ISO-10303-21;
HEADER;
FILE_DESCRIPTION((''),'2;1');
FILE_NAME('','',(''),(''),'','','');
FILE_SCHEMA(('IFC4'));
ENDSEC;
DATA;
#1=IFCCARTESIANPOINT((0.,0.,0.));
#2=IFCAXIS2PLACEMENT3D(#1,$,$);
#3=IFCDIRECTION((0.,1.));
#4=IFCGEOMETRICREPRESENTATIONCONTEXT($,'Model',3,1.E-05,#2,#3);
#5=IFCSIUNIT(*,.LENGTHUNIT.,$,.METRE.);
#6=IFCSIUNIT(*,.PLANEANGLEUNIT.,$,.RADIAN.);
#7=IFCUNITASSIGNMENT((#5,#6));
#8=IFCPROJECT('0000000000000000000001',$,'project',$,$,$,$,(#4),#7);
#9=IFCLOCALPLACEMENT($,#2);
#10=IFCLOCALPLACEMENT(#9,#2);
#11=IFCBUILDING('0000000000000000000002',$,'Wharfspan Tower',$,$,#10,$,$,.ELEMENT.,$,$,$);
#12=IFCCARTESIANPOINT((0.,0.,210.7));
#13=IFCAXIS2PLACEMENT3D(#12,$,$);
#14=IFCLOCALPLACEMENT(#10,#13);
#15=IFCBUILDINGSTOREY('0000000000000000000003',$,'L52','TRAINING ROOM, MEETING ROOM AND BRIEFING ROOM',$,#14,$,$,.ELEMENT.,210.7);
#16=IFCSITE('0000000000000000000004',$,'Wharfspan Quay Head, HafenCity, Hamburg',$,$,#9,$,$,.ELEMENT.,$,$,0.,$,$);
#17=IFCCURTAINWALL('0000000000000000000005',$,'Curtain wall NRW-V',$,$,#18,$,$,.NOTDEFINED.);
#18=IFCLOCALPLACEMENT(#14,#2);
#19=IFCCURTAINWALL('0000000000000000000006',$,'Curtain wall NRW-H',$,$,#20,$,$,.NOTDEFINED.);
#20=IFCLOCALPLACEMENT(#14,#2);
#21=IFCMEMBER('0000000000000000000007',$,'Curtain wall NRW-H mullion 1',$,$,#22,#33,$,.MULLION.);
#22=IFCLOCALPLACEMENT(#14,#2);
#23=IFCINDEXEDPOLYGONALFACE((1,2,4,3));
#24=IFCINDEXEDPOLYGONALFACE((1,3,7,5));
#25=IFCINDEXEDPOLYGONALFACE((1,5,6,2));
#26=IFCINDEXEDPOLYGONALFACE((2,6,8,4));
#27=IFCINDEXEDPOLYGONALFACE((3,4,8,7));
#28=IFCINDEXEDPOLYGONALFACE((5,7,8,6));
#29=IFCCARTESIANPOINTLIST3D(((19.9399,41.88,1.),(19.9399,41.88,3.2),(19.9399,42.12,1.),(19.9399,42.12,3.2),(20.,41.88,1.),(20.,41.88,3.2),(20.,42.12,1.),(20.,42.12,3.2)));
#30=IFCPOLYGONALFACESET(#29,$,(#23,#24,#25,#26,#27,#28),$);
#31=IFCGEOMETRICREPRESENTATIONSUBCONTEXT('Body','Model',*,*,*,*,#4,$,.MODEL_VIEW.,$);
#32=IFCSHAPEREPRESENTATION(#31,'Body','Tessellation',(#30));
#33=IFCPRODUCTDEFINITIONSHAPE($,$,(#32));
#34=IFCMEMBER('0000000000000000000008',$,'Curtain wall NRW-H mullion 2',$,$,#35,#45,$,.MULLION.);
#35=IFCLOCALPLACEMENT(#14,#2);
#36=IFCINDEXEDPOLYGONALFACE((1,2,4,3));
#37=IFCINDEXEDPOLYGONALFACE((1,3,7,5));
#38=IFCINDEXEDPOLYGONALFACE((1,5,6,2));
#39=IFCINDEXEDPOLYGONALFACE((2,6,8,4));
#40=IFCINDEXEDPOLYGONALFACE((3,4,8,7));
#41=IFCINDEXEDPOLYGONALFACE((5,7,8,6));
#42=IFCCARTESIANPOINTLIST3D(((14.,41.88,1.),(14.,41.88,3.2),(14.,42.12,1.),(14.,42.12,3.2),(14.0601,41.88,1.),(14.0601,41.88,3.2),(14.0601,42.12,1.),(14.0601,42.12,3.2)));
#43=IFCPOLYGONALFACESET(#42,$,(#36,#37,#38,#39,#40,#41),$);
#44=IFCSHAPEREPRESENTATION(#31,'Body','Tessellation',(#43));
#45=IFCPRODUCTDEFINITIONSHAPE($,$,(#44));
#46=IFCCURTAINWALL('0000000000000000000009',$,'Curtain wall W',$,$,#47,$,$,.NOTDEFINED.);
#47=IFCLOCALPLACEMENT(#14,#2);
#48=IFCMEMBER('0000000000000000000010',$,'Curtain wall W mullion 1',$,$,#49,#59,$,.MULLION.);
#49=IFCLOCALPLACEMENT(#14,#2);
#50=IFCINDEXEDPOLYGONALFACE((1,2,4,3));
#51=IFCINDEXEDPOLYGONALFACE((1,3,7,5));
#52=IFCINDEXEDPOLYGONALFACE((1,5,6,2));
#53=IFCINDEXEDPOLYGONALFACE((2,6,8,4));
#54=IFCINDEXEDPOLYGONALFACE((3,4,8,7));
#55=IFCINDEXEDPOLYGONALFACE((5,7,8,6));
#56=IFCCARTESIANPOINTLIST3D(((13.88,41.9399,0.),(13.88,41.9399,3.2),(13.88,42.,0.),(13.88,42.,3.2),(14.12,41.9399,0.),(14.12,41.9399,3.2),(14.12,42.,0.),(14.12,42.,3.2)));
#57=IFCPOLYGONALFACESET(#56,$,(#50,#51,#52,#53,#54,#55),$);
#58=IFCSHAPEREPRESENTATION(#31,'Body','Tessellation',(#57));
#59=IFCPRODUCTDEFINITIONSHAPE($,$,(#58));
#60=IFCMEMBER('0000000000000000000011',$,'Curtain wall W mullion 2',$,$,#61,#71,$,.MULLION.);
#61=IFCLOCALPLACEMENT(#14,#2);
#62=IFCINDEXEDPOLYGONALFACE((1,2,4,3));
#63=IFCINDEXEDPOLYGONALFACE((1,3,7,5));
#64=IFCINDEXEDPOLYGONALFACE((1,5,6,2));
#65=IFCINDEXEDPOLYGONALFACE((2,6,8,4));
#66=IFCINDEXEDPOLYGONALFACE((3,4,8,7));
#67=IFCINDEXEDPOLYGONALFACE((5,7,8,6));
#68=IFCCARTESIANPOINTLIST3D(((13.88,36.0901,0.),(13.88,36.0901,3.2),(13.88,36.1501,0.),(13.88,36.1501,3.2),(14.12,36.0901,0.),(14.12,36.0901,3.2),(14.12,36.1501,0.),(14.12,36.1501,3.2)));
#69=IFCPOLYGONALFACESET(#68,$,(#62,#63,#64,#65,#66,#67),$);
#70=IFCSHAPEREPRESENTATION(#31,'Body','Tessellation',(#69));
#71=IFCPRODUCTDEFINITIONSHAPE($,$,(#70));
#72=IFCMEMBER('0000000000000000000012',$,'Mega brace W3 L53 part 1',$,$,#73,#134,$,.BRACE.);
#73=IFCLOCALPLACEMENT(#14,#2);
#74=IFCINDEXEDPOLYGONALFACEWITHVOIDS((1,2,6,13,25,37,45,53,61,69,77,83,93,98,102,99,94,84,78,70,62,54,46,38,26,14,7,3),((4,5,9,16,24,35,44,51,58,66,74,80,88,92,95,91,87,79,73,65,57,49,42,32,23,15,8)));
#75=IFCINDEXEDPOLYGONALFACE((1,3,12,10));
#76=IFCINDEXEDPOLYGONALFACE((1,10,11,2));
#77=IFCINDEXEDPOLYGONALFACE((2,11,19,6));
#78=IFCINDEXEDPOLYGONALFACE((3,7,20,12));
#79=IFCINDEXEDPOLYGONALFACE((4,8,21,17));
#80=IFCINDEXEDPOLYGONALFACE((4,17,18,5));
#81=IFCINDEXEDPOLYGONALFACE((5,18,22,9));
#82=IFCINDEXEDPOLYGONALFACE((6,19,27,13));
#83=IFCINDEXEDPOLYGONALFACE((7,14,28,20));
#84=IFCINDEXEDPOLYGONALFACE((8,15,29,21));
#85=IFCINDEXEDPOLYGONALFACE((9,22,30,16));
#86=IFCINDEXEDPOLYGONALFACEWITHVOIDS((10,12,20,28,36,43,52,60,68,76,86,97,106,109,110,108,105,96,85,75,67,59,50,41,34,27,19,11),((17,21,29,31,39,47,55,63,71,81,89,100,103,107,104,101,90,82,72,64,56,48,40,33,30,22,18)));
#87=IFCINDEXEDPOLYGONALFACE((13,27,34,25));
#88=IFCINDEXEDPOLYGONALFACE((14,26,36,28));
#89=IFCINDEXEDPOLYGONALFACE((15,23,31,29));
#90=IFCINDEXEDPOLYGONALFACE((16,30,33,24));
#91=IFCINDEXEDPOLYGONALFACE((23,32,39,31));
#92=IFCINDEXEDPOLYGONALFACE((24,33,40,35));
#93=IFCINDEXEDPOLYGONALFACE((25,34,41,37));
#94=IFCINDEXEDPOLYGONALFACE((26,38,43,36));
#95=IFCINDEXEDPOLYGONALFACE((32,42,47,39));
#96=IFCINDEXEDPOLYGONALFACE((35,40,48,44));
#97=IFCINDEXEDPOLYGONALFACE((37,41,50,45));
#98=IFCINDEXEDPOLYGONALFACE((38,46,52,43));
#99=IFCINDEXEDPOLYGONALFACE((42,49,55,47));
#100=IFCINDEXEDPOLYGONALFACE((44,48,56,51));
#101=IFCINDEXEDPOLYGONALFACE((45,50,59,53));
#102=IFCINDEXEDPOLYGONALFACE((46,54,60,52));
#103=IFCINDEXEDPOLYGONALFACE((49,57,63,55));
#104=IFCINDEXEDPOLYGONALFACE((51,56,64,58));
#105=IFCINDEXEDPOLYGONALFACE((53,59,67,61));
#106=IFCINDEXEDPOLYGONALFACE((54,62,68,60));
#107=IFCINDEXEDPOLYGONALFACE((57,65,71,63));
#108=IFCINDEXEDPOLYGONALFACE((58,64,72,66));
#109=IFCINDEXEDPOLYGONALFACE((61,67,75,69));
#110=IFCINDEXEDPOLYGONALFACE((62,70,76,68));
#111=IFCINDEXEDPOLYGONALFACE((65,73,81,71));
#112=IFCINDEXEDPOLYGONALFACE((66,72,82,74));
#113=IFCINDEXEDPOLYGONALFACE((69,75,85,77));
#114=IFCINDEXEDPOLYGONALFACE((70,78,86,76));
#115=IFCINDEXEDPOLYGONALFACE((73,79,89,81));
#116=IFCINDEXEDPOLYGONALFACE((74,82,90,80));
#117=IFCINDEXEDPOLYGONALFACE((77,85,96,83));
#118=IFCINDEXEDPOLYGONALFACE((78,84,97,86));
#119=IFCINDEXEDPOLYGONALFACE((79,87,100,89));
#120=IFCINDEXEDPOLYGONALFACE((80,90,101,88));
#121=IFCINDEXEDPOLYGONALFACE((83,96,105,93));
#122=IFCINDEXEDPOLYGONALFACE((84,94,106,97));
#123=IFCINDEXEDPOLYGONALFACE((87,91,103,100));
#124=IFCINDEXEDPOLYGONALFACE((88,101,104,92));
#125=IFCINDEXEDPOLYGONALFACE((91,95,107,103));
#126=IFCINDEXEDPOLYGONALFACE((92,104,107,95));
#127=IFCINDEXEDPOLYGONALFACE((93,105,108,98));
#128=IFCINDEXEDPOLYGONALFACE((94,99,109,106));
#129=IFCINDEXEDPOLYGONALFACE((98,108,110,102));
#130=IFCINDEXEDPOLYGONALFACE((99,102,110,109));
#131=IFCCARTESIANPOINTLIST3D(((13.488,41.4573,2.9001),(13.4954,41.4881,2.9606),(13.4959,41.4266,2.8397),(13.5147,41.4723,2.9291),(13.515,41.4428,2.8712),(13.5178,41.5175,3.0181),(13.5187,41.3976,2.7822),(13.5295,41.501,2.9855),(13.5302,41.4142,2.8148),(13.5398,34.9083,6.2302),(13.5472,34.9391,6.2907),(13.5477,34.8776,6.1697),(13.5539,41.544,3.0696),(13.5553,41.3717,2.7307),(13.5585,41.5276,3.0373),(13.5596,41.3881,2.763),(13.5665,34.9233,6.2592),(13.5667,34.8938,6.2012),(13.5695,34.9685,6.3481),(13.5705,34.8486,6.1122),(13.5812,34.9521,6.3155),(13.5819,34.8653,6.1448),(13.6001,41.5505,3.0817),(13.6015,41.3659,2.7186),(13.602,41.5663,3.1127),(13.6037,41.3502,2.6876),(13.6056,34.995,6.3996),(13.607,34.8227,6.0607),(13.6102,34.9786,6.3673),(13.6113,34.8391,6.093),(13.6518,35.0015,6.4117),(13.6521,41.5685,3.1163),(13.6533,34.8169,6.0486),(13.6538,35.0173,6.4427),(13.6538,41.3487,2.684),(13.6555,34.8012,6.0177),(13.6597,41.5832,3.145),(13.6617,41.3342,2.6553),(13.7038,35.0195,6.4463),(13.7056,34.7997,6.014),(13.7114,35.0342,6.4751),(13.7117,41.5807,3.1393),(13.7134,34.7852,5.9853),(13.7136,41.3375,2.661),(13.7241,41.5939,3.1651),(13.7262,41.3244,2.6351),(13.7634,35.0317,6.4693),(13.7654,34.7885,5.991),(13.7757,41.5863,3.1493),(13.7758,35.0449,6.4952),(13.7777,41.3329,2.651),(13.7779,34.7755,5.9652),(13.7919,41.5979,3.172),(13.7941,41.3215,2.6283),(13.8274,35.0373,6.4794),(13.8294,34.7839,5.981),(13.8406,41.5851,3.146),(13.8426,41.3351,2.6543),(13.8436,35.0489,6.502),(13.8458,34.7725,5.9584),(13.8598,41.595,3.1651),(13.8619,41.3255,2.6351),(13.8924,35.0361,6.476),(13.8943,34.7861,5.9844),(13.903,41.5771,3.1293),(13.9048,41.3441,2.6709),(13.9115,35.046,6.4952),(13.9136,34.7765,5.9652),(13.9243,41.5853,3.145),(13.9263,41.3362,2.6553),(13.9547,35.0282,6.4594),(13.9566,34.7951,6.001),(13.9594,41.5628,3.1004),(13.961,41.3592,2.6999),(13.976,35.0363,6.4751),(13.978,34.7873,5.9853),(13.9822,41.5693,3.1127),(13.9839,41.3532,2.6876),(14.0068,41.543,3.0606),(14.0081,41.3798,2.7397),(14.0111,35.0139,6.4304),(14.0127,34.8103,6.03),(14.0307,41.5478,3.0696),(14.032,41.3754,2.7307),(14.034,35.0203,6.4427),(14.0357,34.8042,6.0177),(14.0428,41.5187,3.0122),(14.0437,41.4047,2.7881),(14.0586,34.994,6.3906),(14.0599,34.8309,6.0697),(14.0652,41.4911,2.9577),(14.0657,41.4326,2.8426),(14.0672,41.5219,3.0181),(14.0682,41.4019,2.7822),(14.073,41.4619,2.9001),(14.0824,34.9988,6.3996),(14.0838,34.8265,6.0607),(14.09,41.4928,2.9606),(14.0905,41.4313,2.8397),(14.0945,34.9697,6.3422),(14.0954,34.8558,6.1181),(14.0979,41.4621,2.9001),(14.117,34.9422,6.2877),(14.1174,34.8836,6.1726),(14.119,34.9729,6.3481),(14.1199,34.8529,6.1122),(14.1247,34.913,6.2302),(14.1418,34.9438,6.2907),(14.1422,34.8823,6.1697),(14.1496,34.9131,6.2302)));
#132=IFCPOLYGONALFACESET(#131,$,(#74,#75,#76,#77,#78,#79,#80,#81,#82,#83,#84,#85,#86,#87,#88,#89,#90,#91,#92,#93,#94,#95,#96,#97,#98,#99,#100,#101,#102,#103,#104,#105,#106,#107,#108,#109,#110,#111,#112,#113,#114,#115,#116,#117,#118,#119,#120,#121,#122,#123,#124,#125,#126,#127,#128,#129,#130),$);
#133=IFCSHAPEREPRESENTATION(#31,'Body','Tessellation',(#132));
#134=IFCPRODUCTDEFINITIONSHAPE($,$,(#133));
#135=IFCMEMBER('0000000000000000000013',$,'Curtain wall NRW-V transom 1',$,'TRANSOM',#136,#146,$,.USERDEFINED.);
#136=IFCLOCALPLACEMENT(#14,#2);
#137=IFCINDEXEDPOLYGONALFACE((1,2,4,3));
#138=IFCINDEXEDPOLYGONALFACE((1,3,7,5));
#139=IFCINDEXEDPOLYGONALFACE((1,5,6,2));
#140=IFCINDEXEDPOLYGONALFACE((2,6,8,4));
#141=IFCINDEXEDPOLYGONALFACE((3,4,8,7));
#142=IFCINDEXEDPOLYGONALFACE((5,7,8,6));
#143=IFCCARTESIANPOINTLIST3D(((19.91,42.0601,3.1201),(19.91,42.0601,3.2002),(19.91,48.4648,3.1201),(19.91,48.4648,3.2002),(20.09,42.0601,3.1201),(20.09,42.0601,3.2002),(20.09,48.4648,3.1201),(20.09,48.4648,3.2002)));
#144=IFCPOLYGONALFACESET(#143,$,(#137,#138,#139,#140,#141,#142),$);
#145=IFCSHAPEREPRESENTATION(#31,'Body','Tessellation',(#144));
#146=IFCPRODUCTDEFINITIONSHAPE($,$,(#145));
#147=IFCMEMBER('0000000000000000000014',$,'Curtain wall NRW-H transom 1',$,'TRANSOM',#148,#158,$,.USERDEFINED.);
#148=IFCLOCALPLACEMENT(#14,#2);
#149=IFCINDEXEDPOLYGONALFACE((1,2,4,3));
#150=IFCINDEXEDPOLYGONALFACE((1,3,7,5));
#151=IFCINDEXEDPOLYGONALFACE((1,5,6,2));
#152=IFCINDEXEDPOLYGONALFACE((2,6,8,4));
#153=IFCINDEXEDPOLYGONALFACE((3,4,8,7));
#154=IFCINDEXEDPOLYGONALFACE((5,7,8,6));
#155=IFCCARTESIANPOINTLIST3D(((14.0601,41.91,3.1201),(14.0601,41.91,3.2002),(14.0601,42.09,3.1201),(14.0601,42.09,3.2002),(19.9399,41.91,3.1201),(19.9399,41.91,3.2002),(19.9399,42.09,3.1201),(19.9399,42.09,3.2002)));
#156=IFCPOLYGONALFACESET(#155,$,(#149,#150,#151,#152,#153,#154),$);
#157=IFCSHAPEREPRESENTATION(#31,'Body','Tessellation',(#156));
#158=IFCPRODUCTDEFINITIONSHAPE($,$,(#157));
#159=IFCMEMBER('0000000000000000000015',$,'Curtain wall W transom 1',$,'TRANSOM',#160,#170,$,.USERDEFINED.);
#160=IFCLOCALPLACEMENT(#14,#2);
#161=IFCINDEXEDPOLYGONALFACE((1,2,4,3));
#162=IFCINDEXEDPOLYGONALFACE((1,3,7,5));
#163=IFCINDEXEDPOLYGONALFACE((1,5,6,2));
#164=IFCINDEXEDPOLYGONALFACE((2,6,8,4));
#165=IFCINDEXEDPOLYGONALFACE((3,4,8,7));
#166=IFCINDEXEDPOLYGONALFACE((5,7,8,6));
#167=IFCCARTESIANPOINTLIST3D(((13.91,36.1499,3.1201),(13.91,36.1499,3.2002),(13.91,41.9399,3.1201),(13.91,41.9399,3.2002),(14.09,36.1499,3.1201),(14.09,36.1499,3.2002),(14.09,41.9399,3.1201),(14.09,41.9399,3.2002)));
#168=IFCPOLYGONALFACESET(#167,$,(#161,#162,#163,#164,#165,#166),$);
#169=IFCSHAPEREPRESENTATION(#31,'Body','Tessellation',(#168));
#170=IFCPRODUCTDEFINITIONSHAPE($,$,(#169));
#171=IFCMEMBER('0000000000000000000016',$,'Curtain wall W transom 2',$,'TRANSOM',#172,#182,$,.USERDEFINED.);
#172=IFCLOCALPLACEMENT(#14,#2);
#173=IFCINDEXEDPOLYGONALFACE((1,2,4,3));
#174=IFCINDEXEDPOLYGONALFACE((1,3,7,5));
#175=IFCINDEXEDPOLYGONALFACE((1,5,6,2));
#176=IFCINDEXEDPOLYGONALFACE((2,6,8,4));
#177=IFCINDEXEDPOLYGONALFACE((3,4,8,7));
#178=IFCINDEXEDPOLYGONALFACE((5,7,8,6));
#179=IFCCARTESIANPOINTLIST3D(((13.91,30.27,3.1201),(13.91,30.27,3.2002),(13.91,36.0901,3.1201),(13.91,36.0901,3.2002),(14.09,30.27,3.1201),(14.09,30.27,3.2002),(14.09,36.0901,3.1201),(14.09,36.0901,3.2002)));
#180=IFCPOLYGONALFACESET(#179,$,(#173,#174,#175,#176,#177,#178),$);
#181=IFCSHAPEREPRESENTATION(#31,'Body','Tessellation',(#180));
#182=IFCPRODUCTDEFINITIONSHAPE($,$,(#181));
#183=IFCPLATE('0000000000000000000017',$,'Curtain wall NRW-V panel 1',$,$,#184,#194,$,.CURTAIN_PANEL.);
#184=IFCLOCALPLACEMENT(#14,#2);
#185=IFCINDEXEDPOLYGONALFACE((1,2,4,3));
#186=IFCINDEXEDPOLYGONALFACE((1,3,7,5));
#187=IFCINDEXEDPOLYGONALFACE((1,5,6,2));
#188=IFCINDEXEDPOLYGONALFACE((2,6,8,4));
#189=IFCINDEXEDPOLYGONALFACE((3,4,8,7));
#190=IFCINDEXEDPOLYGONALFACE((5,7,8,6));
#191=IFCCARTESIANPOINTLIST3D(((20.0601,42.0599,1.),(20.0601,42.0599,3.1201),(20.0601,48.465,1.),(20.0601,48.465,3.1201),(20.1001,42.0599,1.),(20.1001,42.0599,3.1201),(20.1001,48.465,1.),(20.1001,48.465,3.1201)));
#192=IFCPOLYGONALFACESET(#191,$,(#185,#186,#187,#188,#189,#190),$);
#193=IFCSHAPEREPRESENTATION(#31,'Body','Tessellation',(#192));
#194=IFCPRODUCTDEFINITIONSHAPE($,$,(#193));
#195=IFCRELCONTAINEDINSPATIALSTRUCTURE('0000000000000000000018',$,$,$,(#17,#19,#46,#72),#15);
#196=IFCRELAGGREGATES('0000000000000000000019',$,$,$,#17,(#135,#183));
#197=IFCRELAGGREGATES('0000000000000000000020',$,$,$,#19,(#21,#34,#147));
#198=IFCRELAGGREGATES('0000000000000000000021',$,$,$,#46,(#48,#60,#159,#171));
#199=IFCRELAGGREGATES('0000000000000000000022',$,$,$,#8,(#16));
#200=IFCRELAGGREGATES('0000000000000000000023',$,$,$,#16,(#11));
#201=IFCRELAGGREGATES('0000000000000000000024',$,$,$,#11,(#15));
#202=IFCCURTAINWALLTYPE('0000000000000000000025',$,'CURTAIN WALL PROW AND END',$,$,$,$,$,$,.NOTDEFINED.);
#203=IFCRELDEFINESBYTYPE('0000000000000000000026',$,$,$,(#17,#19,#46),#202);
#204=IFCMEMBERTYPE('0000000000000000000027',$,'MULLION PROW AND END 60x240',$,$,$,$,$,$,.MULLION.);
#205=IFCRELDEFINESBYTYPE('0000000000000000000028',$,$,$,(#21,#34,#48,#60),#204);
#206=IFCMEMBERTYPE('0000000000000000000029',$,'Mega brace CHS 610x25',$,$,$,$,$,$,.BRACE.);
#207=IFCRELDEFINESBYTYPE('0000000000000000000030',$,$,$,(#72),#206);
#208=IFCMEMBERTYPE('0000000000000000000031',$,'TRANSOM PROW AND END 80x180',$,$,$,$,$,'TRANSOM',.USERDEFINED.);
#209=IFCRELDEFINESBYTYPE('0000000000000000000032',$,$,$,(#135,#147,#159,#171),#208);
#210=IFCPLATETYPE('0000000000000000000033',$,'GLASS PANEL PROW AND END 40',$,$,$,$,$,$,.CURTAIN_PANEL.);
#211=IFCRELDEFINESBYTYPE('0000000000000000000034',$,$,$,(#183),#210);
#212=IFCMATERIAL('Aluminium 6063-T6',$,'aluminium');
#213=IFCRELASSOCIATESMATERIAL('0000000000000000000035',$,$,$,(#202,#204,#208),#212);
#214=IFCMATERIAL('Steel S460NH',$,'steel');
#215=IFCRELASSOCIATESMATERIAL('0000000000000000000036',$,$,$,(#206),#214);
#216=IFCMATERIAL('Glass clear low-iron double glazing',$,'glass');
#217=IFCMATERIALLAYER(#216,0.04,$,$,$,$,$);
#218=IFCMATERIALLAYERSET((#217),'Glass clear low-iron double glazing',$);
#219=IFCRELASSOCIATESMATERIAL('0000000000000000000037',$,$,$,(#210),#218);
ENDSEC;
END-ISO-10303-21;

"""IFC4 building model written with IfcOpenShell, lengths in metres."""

from ifc_helpers import new_model, si_unit, direction, frame, origin, origin_2d, place, context, subcontext, project, spatial, rectangle, hollow_circle, extrude, material, layer, layer_set, material_profile, profile_set, type_object, element, aggregate, save


model = new_model("IFC4")

# Units and contexts
model_context = context("Model", 3, precision=1e-05, world=origin(), true_north=direction((0.0, 1.0)))
body_context = subcontext(model_context, "Body", "Model", "MODEL_VIEW")
ifc_project = project(units=[si_unit("LENGTHUNIT", "METRE"), si_unit("PLANEANGLEUNIT", "RADIAN")], contexts=[model_context])

# Site, building, storey
site_placement = place(None, origin())
site = spatial("IfcSite", under=ifc_project, at=site_placement, Name="Wharfspan Quay Head, HafenCity, Hamburg", CompositionType="ELEMENT", RefElevation=0.0)
building_placement = place(site_placement, origin())
building = spatial("IfcBuilding", under=site, at=building_placement, Name="Wharfspan Tower", CompositionType="ELEMENT")
storey_placement = place(building_placement, frame((0.0, 0.0, 210.7)))
storey = spatial("IfcBuildingStorey", under=building, at=storey_placement, Name="L52", Description="TRAINING ROOM, MEETING ROOM AND BRIEFING ROOM", CompositionType="ELEMENT", Elevation=210.7)

# Curtain walls, members
ifc_material_1 = material(Name="Aluminium 6063-T6", Category="aluminium")
curtain_wall_type = type_object("IfcCurtainWallType", Name="CURTAIN WALL PROW AND END", PredefinedType="NOTDEFINED", material=ifc_material_1)
curtain_wall_1_placement = place(storey_placement, origin())
curtain_wall_1 = element("IfcCurtainWall", 1, at=curtain_wall_1_placement, inside=storey, type_object=curtain_wall_type, Name="Curtain wall NRW-V", PredefinedType="NOTDEFINED")
ifc_material_profile_1 = material_profile(ifc_material_1, rectangle(XDim=0.24, YDim=0.0601, at=origin_2d()))
ifc_profile_set_1 = profile_set([ifc_material_profile_1], Name="Aluminium 6063-T6")
member_type_1 = type_object("IfcMemberType", Name="MULLION PROW AND END 60x240", PredefinedType="MULLION", material=ifc_profile_set_1)
curtain_wall_2_placement = place(storey_placement, origin())
curtain_wall_2 = element("IfcCurtainWall", 2, at=curtain_wall_2_placement, inside=storey, type_object=curtain_wall_type, Name="Curtain wall NRW-H", PredefinedType="NOTDEFINED")
member_1_placement = place(storey_placement, frame((19.97, 42.0, 1.0), z_axis=(0.0, 0.0, 1.0), x_axis=(0.0, -1.0, 0.0)))
member_1 = element("IfcMember", 3, at=member_1_placement, type_object=member_type_1, Name="Curtain wall NRW-H mullion 1", PredefinedType="MULLION", context=body_context, shape_type="SweptSolid", body=[
    extrude(rectangle(XDim=0.24, YDim=0.0601, at=origin_2d()), origin(), (0.0, 0.0, 1.0), 2.2),
])
member_2_placement = place(storey_placement, frame((14.03, 42.0, 1.0), z_axis=(0.0, 0.0, 1.0), x_axis=(0.0, -1.0, 0.0)))
member_2 = element("IfcMember", 4, at=member_2_placement, type_object=member_type_1, Name="Curtain wall NRW-H mullion 2", PredefinedType="MULLION", context=body_context, shape_type="SweptSolid", body=[
    extrude(rectangle(XDim=0.24, YDim=0.0601, at=origin_2d()), origin(), (0.0, 0.0, 1.0), 2.2),
])
curtain_wall_3_placement = place(storey_placement, origin())
curtain_wall_3 = element("IfcCurtainWall", 5, at=curtain_wall_3_placement, inside=storey, type_object=curtain_wall_type, Name="Curtain wall W", PredefinedType="NOTDEFINED")
member_3_placement = place(storey_placement, frame((14.0, 41.97, 0.0), z_axis=(0.0, 0.0, 1.0), x_axis=(1.0, 0.0, 0.0)))
member_3 = element("IfcMember", 6, at=member_3_placement, type_object=member_type_1, Name="Curtain wall W mullion 1", PredefinedType="MULLION", context=body_context, shape_type="SweptSolid", body=[
    extrude(rectangle(XDim=0.24, YDim=0.0601, at=origin_2d()), origin(), (0.0, 0.0, 1.0), 3.2),
])
member_4_placement = place(storey_placement, frame((14.0, 36.1201, 0.0), z_axis=(0.0, 0.0, 1.0), x_axis=(1.0, 0.0, 0.0)))
member_4 = element("IfcMember", 7, at=member_4_placement, type_object=member_type_1, Name="Curtain wall W mullion 2", PredefinedType="MULLION", context=body_context, shape_type="SweptSolid", body=[
    extrude(rectangle(XDim=0.24, YDim=0.0601, at=origin_2d()), origin(), (0.0, 0.0, 1.0), 3.2),
])

# Members
ifc_material_2 = material(Name="Steel S460NH", Category="steel")
ifc_material_profile_2 = material_profile(ifc_material_2, hollow_circle(Radius=0.3049, WallThickness=0.0249, at=origin_2d()))
ifc_profile_set_2 = profile_set([ifc_material_profile_2], Name="Steel S460NH")
member_type_2 = type_object("IfcMemberType", Name="Mega brace CHS 610x25", PredefinedType="BRACE", material=ifc_profile_set_2)
member_5_placement = place(storey_placement, frame((13.793, 41.4597, 2.9001), z_axis=(0.007044, -0.891361, 0.45324), x_axis=(0.999973, 0.007904, 0.000003)))
element("IfcMember", 8, at=member_5_placement, inside=storey, type_object=member_type_2, Name="Mega brace W3 L53 part 1", PredefinedType="BRACE", context=body_context, shape_type="SweptSolid", body=[
    extrude(hollow_circle(Radius=0.3049, WallThickness=0.0249, at=origin_2d()), origin(), (0.0, 0.0, 1.0), 7.3472),
])
ifc_material_profile_3 = material_profile(ifc_material_1, rectangle(XDim=0.1799, YDim=0.0801, at=origin_2d()))
ifc_profile_set_3 = profile_set([ifc_material_profile_3], Name="Aluminium 6063-T6")
member_type_3 = type_object("IfcMemberType", Name="TRANSOM PROW AND END 80x180", ElementType="TRANSOM", PredefinedType="USERDEFINED", material=ifc_profile_set_3)
member_6_placement = place(storey_placement, frame((20.0, 48.4648, 3.1602), z_axis=(0.0, -1.0, 0.0), x_axis=(1.0, 0.0, 0.0)))
member_6 = element("IfcMember", 9, at=member_6_placement, type_object=member_type_3, Name="Curtain wall NRW-V transom 1", ObjectType="TRANSOM", PredefinedType="USERDEFINED", context=body_context, shape_type="SweptSolid", body=[
    extrude(rectangle(XDim=0.1799, YDim=0.0801, at=origin_2d()), origin(), (0.0, 0.0, 1.0), 6.4048),
])
member_7_placement = place(storey_placement, frame((19.9399, 42.0, 3.1602), z_axis=(-1.0, 0.0, 0.0), x_axis=(0.0, -1.0, 0.0)))
member_7 = element("IfcMember", 10, at=member_7_placement, type_object=member_type_3, Name="Curtain wall NRW-H transom 1", ObjectType="TRANSOM", PredefinedType="USERDEFINED", context=body_context, shape_type="SweptSolid", body=[
    extrude(rectangle(XDim=0.1799, YDim=0.0801, at=origin_2d()), origin(), (0.0, 0.0, 1.0), 5.8799),
])
member_8_placement = place(storey_placement, frame((14.0, 41.9399, 3.1602), z_axis=(0.0, -1.0, 0.0), x_axis=(1.0, 0.0, 0.0)))
member_8 = element("IfcMember", 11, at=member_8_placement, type_object=member_type_3, Name="Curtain wall W transom 1", ObjectType="TRANSOM", PredefinedType="USERDEFINED", context=body_context, shape_type="SweptSolid", body=[
    extrude(rectangle(XDim=0.1799, YDim=0.0801, at=origin_2d()), origin(), (0.0, 0.0, 1.0), 5.79),
])
member_9_placement = place(storey_placement, frame((14.0, 36.0901, 3.1602), z_axis=(0.0, -1.0, 0.0), x_axis=(1.0, 0.0, 0.0)))
member_9 = element("IfcMember", 12, at=member_9_placement, type_object=member_type_3, Name="Curtain wall W transom 2", ObjectType="TRANSOM", PredefinedType="USERDEFINED", context=body_context, shape_type="SweptSolid", body=[
    extrude(rectangle(XDim=0.1799, YDim=0.0801, at=origin_2d()), origin(), (0.0, 0.0, 1.0), 5.8201),
])

# Plate
ifc_material_3 = material(Name="Glass clear low-iron double glazing", Category="glass")
ifc_layer_1 = layer(ifc_material_3, 0.04)
ifc_layer_set_1 = layer_set([ifc_layer_1], Name="Glass clear low-iron double glazing")
plate_type_1 = type_object("IfcPlateType", Name="GLASS PANEL PROW AND END 40", PredefinedType="CURTAIN_PANEL", material=ifc_layer_set_1)
plate_1_placement = place(storey_placement, frame((20.0801, 45.2625, 1.0), z_axis=(0.0, 0.0, 1.0), x_axis=(0.0, -1.0, 0.0)))
plate_1 = element("IfcPlate", 13, at=plate_1_placement, type_object=plate_type_1, Name="Curtain wall NRW-V panel 1", PredefinedType="CURTAIN_PANEL", context=body_context, shape_type="SweptSolid", body=[
    extrude(rectangle(XDim=6.405, YDim=0.04, at=origin_2d()), origin(), (0.0, 0.0, 1.0), 2.1201),
])
aggregate(curtain_wall_1, [member_6, plate_1])
aggregate(curtain_wall_2, [member_1, member_2, member_7])
aggregate(curtain_wall_3, [member_3, member_4, member_8, member_9])

save(model, "model.ifc")
